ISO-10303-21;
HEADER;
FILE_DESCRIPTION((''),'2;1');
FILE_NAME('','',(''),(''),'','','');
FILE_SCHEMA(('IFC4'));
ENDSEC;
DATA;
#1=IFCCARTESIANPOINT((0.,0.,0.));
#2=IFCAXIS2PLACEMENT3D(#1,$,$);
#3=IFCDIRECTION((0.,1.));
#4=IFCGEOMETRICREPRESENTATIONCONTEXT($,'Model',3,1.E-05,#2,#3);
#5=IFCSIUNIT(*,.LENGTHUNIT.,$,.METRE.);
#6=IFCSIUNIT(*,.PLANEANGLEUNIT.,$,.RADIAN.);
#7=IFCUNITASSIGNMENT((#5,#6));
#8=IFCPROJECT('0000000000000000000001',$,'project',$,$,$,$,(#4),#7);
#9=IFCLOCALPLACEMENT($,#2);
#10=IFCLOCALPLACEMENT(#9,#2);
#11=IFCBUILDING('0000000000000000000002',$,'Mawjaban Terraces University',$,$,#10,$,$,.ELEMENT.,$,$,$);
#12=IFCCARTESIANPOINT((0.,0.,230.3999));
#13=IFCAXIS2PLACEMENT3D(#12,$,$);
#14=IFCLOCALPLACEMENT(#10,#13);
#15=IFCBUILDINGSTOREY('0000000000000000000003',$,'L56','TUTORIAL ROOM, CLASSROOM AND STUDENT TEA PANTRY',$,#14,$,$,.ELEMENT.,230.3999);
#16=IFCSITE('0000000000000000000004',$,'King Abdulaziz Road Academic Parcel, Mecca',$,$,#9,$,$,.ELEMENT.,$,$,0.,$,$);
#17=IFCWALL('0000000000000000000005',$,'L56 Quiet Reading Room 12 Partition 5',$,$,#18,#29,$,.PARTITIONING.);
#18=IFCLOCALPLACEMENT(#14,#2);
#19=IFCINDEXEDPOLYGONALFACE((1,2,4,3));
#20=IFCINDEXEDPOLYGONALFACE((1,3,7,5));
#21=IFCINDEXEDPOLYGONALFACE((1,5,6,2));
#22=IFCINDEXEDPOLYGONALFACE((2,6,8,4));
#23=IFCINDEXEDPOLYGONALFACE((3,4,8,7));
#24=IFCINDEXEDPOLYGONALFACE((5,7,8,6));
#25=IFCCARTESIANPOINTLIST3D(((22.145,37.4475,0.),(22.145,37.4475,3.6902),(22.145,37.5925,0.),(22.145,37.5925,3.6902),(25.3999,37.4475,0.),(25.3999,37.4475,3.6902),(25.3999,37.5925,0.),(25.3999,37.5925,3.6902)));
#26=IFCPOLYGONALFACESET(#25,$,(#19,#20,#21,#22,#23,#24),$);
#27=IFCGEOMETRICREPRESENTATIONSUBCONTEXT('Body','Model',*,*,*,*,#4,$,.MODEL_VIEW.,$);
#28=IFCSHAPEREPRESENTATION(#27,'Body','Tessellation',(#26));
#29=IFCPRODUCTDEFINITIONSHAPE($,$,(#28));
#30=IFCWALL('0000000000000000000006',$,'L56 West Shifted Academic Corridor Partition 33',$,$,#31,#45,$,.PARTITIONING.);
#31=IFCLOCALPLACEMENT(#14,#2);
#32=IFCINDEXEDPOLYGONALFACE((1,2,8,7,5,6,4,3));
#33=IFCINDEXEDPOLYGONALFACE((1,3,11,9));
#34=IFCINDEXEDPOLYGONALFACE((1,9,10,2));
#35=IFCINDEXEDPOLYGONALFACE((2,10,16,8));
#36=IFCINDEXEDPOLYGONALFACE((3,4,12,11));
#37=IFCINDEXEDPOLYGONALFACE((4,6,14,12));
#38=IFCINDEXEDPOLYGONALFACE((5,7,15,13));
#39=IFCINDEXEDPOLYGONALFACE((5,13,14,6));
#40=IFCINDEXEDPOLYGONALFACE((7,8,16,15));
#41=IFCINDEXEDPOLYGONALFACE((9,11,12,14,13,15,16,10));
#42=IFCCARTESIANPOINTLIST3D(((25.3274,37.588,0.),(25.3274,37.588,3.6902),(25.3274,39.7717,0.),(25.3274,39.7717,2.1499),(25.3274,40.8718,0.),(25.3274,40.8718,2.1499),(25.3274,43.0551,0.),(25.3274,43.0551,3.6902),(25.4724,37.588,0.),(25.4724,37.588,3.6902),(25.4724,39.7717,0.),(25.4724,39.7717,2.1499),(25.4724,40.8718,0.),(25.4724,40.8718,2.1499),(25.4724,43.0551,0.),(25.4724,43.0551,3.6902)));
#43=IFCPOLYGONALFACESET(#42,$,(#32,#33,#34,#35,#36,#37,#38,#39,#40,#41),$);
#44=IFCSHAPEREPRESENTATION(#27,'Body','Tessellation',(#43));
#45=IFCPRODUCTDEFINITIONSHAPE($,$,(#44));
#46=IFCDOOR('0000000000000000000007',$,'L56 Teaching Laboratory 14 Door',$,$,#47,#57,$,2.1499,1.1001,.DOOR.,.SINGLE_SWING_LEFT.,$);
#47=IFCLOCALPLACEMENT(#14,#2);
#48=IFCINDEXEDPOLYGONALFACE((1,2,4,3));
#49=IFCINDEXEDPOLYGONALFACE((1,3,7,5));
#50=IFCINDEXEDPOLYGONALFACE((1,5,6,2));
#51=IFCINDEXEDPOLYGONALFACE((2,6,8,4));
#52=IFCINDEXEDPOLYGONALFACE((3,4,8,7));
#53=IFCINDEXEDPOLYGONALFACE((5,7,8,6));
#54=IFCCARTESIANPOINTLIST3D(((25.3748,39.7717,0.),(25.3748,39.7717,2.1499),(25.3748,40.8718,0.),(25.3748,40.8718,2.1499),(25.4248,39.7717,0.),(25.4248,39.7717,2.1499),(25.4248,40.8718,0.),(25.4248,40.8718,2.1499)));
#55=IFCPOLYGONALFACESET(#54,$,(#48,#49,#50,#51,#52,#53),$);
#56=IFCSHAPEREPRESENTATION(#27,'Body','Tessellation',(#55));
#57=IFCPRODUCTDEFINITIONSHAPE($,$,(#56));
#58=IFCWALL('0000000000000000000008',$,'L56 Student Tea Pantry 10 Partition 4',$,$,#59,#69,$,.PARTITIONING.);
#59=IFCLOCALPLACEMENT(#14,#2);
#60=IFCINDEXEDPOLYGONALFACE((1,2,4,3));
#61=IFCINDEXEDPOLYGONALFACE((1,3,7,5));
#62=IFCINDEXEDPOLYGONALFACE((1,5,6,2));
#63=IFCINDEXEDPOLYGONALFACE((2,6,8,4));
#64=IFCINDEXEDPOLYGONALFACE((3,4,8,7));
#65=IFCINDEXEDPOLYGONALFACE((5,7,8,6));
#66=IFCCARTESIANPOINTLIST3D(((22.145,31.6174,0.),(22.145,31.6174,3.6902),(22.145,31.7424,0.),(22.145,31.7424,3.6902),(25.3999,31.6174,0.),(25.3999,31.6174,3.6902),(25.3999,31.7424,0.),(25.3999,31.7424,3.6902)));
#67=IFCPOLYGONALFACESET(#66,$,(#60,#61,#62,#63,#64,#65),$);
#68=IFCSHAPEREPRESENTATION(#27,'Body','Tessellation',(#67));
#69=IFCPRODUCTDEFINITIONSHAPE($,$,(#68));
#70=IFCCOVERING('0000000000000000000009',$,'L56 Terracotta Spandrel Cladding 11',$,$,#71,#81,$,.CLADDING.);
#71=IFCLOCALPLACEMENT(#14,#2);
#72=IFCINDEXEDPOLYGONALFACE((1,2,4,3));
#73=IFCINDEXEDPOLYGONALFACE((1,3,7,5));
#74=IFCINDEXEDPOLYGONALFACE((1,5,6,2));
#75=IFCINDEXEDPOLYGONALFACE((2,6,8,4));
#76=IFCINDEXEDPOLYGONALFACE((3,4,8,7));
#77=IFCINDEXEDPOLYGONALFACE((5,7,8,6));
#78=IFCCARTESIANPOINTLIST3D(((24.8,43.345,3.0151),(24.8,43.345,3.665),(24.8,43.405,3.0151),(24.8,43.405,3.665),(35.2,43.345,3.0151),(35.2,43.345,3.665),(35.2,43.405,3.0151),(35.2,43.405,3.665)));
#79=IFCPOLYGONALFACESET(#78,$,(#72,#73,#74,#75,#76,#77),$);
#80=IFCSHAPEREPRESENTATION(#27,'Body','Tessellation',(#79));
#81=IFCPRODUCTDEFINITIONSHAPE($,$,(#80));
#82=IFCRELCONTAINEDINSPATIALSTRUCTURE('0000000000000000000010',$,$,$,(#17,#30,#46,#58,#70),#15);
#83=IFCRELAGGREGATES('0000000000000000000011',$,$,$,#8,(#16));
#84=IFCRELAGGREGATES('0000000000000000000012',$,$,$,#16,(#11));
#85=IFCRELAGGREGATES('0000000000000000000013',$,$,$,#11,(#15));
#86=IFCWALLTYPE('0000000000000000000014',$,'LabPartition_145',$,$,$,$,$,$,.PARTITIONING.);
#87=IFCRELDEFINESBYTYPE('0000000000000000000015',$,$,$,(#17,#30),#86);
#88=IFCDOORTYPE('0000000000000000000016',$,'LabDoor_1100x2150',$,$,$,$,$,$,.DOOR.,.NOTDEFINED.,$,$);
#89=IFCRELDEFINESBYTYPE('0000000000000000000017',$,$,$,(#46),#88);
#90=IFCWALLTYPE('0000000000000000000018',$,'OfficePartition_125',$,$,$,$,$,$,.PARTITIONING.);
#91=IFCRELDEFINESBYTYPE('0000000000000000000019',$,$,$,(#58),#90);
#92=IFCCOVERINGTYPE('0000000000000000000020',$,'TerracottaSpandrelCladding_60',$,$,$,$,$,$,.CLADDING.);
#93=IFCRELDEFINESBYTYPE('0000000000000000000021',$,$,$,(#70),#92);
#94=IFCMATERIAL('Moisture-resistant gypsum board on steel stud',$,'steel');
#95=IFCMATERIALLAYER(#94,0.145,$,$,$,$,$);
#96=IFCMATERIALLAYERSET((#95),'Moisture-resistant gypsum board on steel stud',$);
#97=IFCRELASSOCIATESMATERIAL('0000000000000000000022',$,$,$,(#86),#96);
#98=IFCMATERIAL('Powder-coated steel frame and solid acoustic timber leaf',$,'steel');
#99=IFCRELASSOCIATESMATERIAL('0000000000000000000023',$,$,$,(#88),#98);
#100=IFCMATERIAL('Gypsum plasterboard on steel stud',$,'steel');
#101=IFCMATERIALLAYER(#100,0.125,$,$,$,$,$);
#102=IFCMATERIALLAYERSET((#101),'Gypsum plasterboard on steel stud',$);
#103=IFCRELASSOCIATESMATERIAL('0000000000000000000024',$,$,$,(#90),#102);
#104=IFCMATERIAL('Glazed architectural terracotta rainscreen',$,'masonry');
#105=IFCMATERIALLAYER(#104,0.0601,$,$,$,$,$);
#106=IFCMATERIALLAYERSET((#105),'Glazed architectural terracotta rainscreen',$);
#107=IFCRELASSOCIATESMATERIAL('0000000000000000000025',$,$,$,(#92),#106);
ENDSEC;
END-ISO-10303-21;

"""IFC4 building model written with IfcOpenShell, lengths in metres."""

from ifc_helpers import new_model, si_unit, direction, frame, frame_2d, origin, origin_2d, place, context, subcontext, project, spatial, rectangle, extrude, material, layer, layer_set, type_object, element, fill, save


model = new_model("IFC4")

# Units and contexts
model_context = context("Model", 3, precision=1e-05, world=origin(), true_north=direction((0.0, 1.0)))
body_context = subcontext(model_context, "Body", "Model", "MODEL_VIEW")
ifc_project = project(units=[si_unit("LENGTHUNIT", "METRE"), si_unit("PLANEANGLEUNIT", "RADIAN")], contexts=[model_context])

# Site, building, storey
site_placement = place(None, origin())
site = spatial("IfcSite", under=ifc_project, at=site_placement, Name="King Abdulaziz Road Academic Parcel, Mecca", CompositionType="ELEMENT", RefElevation=0.0)
building_placement = place(site_placement, origin())
building = spatial("IfcBuilding", under=site, at=building_placement, Name="Mawjaban Terraces University", CompositionType="ELEMENT")
storey_placement = place(building_placement, frame((0.0, 0.0, 230.3999)))
storey = spatial("IfcBuildingStorey", under=building, at=storey_placement, Name="L56", Description="TUTORIAL ROOM, CLASSROOM AND STUDENT TEA PANTRY", CompositionType="ELEMENT", Elevation=230.3999)

# Shared definitions
ifc_material_1 = material(Name="Powder-coated steel frame and solid acoustic timber leaf", Category="steel")

# Wall
ifc_material_2 = material(Name="Moisture-resistant gypsum board on steel stud", Category="steel")
ifc_layer_1 = layer(ifc_material_2, 0.145)
ifc_layer_set_1 = layer_set([ifc_layer_1], Name="Moisture-resistant gypsum board on steel stud")
wall_type_1 = type_object("IfcWallType", Name="LabPartition_145", PredefinedType="PARTITIONING", material=ifc_layer_set_1)
wall_1_placement = place(storey_placement, frame((25.3999, 37.52, 0.0), z_axis=(0.0, 0.0, 1.0), x_axis=(-1.0, 0.0, 0.0)))
element("IfcWall", 1, at=wall_1_placement, inside=storey, type_object=wall_type_1, Name="L56 Quiet Reading Room 12 Partition 5", PredefinedType="PARTITIONING", context=body_context, shape_type="SweptSolid", body=[
    extrude(rectangle(XDim=3.2549, YDim=0.145, at=frame_2d((1.6274, 0.0))), origin(), (0.0, 0.0, 1.0), 3.6902),
])

# Wall, opening, door
wall_2_placement = place(storey_placement, frame((25.3999, 43.0549, 0.0), z_axis=(0.0, 0.0, 1.0), x_axis=(0.0, -1.0, 0.0)))
wall_2 = element("IfcWall", 2, at=wall_2_placement, inside=storey, type_object=wall_type_1, Name="L56 West Shifted Academic Corridor Partition 33", PredefinedType="PARTITIONING", context=body_context, shape_type="SweptSolid", body=[
    extrude(rectangle(XDim=5.467, YDim=0.145, at=frame_2d((2.7334, 0.0))), origin(), (0.0, 0.0, 1.0), 3.6902),
])
opening_1_placement = place(wall_2_placement, frame((2.1831, 0.0, 0.0)))
opening_1 = element("IfcOpeningElement", 3, at=opening_1_placement, cuts=wall_2, PredefinedType="OPENING", context=body_context, shape_type="SweptSolid", body=[
    extrude(rectangle(XDim=1.1001, YDim=2.1499, at=frame_2d((0.55, 1.075))), frame((0.0, 0.0825, 0.0), z_axis=(0.0, -1.0, 0.0), x_axis=(1.0, 0.0, 0.0)), (0.0, 0.0, 1.0), 0.165),
])
door_type_1 = type_object("IfcDoorType", Name="LabDoor_1100x2150", OperationType="NOTDEFINED", PredefinedType="DOOR", material=ifc_material_1)
door_1_placement = place(opening_1_placement, origin())
door_1 = element("IfcDoor", 4, at=door_1_placement, inside=storey, type_object=door_type_1, Name="L56 Teaching Laboratory 14 Door", OperationType="SINGLE_SWING_LEFT", OverallHeight=2.1499, OverallWidth=1.1001, PredefinedType="DOOR", context=body_context, shape_type="SweptSolid", body=[
    extrude(rectangle(XDim=1.1001, YDim=2.1499, at=frame_2d((0.55, 1.075))), frame((0.0, 0.0249, 0.0), z_axis=(0.0, -1.0, 0.0), x_axis=(1.0, 0.0, 0.0)), (0.0, 0.0, 1.0), 0.05),
])
fill(opening_1, door_1)

# Wall
ifc_material_3 = material(Name="Gypsum plasterboard on steel stud", Category="steel")
ifc_layer_2 = layer(ifc_material_3, 0.125)
ifc_layer_set_2 = layer_set([ifc_layer_2], Name="Gypsum plasterboard on steel stud")
wall_type_2 = type_object("IfcWallType", Name="OfficePartition_125", PredefinedType="PARTITIONING", material=ifc_layer_set_2)
wall_3_placement = place(storey_placement, frame((25.3999, 31.6799, 0.0), z_axis=(0.0, 0.0, 1.0), x_axis=(-1.0, 0.0, 0.0)))
element("IfcWall", 5, at=wall_3_placement, inside=storey, type_object=wall_type_2, Name="L56 Student Tea Pantry 10 Partition 4", PredefinedType="PARTITIONING", context=body_context, shape_type="SweptSolid", body=[
    extrude(rectangle(XDim=3.2549, YDim=0.125, at=frame_2d((1.6274, 0.0))), origin(), (0.0, 0.0, 1.0), 3.6902),
])

# Covering
ifc_material_4 = material(Name="Glazed architectural terracotta rainscreen", Category="masonry")
ifc_layer_3 = layer(ifc_material_4, 0.0601)
ifc_layer_set_3 = layer_set([ifc_layer_3], Name="Glazed architectural terracotta rainscreen")
covering_type = type_object("IfcCoveringType", Name="TerracottaSpandrelCladding_60", PredefinedType="CLADDING", material=ifc_layer_set_3)
covering_placement = place(storey_placement, frame((30.0, 43.375, 3.0151), z_axis=(0.0, 0.0, 1.0), x_axis=(-1.0, 0.0, 0.0)))
element("IfcCovering", 6, at=covering_placement, inside=storey, type_object=covering_type, Name="L56 Terracotta Spandrel Cladding 11", PredefinedType="CLADDING", context=body_context, shape_type="SweptSolid", body=[
    extrude(rectangle(XDim=10.3999, YDim=0.0601, at=origin_2d()), origin(), (0.0, 0.0, 1.0), 0.6499),
])

save(model, "model.ifc")
